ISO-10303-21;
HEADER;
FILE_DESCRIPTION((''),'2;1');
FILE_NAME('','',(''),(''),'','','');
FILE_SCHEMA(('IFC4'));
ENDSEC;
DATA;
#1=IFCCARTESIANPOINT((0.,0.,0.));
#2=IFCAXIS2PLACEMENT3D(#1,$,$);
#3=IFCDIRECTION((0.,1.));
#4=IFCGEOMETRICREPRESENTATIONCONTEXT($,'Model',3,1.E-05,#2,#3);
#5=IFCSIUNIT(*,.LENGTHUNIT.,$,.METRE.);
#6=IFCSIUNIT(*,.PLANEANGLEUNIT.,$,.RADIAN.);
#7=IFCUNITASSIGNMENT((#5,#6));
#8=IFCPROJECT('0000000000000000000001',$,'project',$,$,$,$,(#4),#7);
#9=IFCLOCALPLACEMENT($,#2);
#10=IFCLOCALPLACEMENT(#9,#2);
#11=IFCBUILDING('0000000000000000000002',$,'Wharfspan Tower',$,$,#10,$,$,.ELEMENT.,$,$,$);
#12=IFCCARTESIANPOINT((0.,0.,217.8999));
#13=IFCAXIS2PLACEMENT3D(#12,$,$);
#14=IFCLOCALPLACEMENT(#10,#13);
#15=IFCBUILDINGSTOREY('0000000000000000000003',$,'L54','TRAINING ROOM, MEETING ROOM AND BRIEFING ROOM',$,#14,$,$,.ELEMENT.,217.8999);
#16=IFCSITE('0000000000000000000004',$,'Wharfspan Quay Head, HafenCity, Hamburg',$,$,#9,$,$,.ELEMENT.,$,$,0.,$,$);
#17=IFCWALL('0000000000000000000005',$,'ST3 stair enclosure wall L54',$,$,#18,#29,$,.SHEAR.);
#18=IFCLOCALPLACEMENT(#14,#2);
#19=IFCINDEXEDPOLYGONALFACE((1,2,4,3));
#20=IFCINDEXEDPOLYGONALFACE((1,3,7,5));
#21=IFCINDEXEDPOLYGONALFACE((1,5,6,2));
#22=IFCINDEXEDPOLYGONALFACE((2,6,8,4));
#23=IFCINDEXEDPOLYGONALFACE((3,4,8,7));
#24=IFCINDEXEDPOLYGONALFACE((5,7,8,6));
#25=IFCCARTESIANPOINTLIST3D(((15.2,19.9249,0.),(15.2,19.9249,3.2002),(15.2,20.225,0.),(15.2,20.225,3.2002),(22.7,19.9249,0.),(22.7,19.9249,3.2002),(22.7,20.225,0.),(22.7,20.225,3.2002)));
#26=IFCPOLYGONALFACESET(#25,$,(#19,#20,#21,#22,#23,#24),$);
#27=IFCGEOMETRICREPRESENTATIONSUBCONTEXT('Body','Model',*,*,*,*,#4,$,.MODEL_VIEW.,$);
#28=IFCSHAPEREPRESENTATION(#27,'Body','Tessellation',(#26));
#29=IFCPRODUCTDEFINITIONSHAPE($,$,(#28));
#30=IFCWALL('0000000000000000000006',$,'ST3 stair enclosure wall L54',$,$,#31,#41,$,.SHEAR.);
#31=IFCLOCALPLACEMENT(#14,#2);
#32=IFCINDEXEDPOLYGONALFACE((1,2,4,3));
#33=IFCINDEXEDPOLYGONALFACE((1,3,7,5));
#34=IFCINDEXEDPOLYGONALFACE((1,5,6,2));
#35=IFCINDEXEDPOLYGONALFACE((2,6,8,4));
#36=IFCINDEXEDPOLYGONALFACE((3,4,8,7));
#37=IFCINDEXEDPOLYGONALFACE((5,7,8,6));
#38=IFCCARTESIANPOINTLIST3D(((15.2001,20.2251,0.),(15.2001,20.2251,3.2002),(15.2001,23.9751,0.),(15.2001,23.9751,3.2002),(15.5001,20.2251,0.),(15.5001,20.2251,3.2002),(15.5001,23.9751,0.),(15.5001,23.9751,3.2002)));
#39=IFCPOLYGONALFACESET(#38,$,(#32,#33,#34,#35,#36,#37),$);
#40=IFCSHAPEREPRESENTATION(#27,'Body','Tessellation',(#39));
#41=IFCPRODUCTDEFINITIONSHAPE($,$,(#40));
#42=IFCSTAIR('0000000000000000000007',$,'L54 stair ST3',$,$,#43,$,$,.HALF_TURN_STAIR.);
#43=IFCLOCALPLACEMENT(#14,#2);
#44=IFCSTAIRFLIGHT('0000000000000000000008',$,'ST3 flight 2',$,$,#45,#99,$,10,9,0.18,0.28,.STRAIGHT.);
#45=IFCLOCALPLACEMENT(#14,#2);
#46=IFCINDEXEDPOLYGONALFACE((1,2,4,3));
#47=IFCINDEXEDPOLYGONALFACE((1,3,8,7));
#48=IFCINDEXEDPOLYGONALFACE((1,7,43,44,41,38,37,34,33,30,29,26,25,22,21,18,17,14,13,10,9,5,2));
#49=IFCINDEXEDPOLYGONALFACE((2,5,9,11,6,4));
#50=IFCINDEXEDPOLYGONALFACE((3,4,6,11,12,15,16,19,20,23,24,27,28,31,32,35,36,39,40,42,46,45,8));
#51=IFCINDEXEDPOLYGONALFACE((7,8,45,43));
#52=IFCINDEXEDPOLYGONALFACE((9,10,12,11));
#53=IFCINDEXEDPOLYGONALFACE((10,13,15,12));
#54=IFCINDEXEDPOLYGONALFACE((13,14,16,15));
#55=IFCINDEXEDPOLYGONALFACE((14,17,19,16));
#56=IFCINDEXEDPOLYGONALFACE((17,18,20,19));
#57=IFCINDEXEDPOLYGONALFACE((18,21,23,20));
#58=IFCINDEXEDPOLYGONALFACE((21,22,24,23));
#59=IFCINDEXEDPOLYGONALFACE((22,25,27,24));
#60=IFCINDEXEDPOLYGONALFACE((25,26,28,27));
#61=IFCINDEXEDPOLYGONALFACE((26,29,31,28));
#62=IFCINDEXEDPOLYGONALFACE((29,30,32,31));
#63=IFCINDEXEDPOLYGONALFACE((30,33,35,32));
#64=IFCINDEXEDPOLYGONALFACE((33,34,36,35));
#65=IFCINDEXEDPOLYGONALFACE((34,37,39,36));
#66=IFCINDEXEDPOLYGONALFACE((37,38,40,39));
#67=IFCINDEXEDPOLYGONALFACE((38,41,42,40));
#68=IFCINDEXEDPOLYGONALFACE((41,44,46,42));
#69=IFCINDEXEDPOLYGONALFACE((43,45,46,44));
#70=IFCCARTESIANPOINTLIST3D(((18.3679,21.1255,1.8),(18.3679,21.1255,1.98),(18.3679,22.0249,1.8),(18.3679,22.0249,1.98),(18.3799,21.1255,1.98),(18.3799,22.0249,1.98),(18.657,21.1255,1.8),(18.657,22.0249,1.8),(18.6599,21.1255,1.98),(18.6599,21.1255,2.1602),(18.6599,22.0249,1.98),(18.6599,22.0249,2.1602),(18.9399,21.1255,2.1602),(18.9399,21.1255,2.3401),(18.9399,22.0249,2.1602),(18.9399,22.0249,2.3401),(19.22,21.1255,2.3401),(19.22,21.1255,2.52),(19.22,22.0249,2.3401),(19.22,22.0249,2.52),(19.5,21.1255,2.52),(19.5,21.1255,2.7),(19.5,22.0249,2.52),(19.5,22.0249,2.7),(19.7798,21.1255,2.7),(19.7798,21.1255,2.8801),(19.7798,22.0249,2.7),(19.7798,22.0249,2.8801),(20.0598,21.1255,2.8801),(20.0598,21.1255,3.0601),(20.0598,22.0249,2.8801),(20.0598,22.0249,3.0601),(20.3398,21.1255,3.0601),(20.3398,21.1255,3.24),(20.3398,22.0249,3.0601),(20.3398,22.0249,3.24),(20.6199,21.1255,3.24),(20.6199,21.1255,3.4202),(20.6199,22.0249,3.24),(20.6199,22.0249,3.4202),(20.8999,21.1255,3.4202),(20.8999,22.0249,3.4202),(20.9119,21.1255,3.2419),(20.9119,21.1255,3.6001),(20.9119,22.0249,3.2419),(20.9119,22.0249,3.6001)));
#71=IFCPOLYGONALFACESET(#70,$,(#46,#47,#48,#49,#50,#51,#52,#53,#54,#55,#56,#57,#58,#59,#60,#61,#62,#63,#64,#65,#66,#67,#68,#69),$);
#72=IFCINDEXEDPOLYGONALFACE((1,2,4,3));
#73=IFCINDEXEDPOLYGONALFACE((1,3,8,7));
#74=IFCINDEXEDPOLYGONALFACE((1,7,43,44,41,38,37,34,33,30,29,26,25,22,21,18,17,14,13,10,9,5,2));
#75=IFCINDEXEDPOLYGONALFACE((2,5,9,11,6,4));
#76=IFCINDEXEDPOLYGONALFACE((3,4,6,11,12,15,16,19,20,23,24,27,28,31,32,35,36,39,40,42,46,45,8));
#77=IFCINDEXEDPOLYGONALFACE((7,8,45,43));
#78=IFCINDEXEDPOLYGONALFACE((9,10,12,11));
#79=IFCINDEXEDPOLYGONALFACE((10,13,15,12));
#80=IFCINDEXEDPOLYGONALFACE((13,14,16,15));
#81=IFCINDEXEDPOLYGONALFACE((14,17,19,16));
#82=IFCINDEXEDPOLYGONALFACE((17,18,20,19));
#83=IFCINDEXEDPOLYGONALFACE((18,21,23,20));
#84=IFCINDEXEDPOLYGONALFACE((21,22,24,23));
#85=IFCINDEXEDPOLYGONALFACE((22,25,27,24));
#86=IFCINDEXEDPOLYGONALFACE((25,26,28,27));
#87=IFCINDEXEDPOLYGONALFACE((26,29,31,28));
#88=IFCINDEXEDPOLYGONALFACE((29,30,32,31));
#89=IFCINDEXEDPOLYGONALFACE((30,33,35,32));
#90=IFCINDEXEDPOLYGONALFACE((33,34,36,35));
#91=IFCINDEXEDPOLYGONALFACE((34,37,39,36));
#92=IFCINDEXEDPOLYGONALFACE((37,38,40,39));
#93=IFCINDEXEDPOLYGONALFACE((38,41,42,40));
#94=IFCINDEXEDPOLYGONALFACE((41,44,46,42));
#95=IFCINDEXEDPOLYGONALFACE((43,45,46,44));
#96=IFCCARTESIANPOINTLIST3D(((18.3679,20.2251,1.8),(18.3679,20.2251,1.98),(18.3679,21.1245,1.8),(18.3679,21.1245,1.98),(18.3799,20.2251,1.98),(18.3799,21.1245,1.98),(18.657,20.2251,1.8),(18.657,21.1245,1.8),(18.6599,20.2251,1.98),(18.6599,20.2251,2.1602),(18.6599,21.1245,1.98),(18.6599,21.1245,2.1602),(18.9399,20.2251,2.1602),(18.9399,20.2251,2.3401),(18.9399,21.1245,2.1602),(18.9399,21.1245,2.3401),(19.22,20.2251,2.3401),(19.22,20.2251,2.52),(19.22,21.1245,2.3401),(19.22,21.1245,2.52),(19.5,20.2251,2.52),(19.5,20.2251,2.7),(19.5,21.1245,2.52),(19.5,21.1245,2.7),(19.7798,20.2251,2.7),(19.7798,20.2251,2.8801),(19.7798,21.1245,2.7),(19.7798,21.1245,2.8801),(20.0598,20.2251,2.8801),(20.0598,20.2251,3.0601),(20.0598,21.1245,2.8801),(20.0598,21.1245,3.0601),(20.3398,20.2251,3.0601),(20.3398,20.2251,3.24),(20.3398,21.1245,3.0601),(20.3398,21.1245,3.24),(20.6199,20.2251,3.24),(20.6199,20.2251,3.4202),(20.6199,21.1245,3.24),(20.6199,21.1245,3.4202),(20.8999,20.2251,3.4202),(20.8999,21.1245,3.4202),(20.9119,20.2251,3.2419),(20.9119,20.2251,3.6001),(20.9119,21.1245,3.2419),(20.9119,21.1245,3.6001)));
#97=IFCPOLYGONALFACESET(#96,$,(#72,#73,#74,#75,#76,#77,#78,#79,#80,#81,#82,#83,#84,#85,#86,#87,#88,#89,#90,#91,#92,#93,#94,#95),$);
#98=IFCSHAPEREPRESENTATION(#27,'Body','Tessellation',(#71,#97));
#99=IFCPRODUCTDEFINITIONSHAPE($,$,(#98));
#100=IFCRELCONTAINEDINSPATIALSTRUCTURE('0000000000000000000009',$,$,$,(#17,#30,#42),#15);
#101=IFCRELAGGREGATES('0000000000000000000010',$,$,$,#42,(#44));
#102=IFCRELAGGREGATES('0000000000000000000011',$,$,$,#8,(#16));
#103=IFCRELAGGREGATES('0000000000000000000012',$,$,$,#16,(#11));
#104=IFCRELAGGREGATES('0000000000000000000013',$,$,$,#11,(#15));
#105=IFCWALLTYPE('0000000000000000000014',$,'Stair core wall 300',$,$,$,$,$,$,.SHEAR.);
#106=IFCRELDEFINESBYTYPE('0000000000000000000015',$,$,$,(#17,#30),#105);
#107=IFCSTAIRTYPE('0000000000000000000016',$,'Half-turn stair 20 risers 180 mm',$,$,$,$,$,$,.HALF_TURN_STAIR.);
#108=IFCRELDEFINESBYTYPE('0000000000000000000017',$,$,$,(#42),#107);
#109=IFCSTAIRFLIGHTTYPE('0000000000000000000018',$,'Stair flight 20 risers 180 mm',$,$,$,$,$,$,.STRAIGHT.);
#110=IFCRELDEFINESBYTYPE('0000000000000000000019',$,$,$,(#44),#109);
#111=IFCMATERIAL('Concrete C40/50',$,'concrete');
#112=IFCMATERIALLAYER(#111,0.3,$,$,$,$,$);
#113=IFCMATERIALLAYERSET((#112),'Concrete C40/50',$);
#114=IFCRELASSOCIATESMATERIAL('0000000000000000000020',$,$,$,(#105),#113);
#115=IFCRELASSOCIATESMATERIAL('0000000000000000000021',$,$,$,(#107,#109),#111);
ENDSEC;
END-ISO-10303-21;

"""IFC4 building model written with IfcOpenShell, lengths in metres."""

from ifc_helpers import new_model, si_unit, direction, frame, frame_2d, origin, place, context, subcontext, project, spatial, polyline, rectangle, outline, extrude, material, layer, layer_set, type_object, element, aggregate, save


model = new_model("IFC4")

# Units and contexts
model_context = context("Model", 3, precision=1e-05, world=origin(), true_north=direction((0.0, 1.0)))
body_context = subcontext(model_context, "Body", "Model", "MODEL_VIEW")
ifc_project = project(units=[si_unit("LENGTHUNIT", "METRE"), si_unit("PLANEANGLEUNIT", "RADIAN")], contexts=[model_context])

# Site, building, storey
site_placement = place(None, origin())
site = spatial("IfcSite", under=ifc_project, at=site_placement, Name="Wharfspan Quay Head, HafenCity, Hamburg", CompositionType="ELEMENT", RefElevation=0.0)
building_placement = place(site_placement, origin())
building = spatial("IfcBuilding", under=site, at=building_placement, Name="Wharfspan Tower", CompositionType="ELEMENT")
storey_placement = place(building_placement, frame((0.0, 0.0, 217.8999)))
storey = spatial("IfcBuildingStorey", under=building, at=storey_placement, Name="L54", Description="TRAINING ROOM, MEETING ROOM AND BRIEFING ROOM", CompositionType="ELEMENT", Elevation=217.8999)

# Shared definitions
ifc_material_1 = material(Name="Concrete C40/50", Category="concrete")

# Walls
ifc_layer_1 = layer(ifc_material_1, 0.3)
ifc_layer_set_1 = layer_set([ifc_layer_1], Name="Concrete C40/50")
wall_type_1 = type_object("IfcWallType", Name="Stair core wall 300", PredefinedType="SHEAR", material=ifc_layer_set_1)
wall_1_placement = place(storey_placement, frame((15.2, 20.075, 0.0), z_axis=(0.0, 0.0, 1.0), x_axis=(1.0, 0.0, 0.0)))
element("IfcWall", 1, at=wall_1_placement, inside=storey, type_object=wall_type_1, Name="ST3 stair enclosure wall L54", PredefinedType="SHEAR", context=body_context, shape_type="SweptSolid", body=[
    extrude(rectangle(XDim=7.5, YDim=0.3, at=frame_2d((3.75, 0.0))), origin(), (0.0, 0.0, 1.0), 3.2002),
])
wall_2_placement = place(storey_placement, frame((15.3501, 20.2251, 0.0), z_axis=(0.0, 0.0, 1.0), x_axis=(0.0, 1.0, 0.0)))
element("IfcWall", 2, at=wall_2_placement, inside=storey, type_object=wall_type_1, Name="ST3 stair enclosure wall L54", PredefinedType="SHEAR", context=body_context, shape_type="SweptSolid", body=[
    extrude(rectangle(XDim=3.75, YDim=0.3, at=frame_2d((1.875, 0.0))), origin(), (0.0, 0.0, 1.0), 3.2002),
])

# Stair, stair flight
stair_type = type_object("IfcStairType", Name="Half-turn stair 20 risers 180 mm", PredefinedType="HALF_TURN_STAIR", material=ifc_material_1)
stair_placement = place(storey_placement, origin())
stair = element("IfcStair", 3, at=stair_placement, inside=storey, type_object=stair_type, Name="L54 stair ST3", PredefinedType="HALF_TURN_STAIR")
stair_flight_type = type_object("IfcStairFlightType", Name="Stair flight 20 risers 180 mm", PredefinedType="STRAIGHT", material=ifc_material_1)
stair_flight_placement = place(storey_placement, frame((18.3799, 21.125, 1.8), z_axis=(0.0, 0.0, 1.0), x_axis=(1.0, 0.0, 0.0)))
stair_flight = element("IfcStairFlight", 4, at=stair_flight_placement, type_object=stair_flight_type, Name="ST3 flight 2", NumberOfRisers=10, NumberOfTreads=9, PredefinedType="STRAIGHT", RiserHeight=0.18, TreadLength=0.28, context=body_context, shape_type="SweptSolid", body=[
    extrude(outline(polyline([(-0.012, 0.0), (-0.012, 0.1799), (0.0, 0.1799), (0.28, 0.1799), (0.28, 0.3601), (0.5601, 0.3601), (0.5601, 0.54), (0.8401, 0.54), (0.8401, 0.72), (1.1201, 0.72), (1.1201, 0.8999), (1.3999, 0.8999), (1.3999, 1.0801), (1.6799, 1.0801), (1.6799, 1.26), (1.96, 1.26), (1.96, 1.4399), (2.24, 1.4399), (2.24, 1.6201), (2.52, 1.6201), (2.532, 1.8), (2.532, 1.4419), (0.2771, 0.0), (-0.012, 0.0)])), frame((0.0, 0.8999, 0.0), z_axis=(0.0, -1.0, 0.0), x_axis=(1.0, 0.0, 0.0)), (0.0, 0.0, 1.0), 0.8994),
    extrude(outline(polyline([(-0.012, 0.0), (-0.012, 0.1799), (0.0, 0.1799), (0.28, 0.1799), (0.28, 0.3601), (0.5601, 0.3601), (0.5601, 0.54), (0.8401, 0.54), (0.8401, 0.72), (1.1201, 0.72), (1.1201, 0.8999), (1.3999, 0.8999), (1.3999, 1.0801), (1.6799, 1.0801), (1.6799, 1.26), (1.96, 1.26), (1.96, 1.4399), (2.24, 1.4399), (2.24, 1.6201), (2.52, 1.6201), (2.532, 1.8), (2.532, 1.4419), (0.2771, 0.0), (-0.012, 0.0)])), frame((0.0, -0.0005, 0.0), z_axis=(0.0, -1.0, 0.0), x_axis=(1.0, 0.0, 0.0)), (0.0, 0.0, 1.0), 0.8994),
])
aggregate(stair, [stair_flight])

save(model, "model.ifc")
